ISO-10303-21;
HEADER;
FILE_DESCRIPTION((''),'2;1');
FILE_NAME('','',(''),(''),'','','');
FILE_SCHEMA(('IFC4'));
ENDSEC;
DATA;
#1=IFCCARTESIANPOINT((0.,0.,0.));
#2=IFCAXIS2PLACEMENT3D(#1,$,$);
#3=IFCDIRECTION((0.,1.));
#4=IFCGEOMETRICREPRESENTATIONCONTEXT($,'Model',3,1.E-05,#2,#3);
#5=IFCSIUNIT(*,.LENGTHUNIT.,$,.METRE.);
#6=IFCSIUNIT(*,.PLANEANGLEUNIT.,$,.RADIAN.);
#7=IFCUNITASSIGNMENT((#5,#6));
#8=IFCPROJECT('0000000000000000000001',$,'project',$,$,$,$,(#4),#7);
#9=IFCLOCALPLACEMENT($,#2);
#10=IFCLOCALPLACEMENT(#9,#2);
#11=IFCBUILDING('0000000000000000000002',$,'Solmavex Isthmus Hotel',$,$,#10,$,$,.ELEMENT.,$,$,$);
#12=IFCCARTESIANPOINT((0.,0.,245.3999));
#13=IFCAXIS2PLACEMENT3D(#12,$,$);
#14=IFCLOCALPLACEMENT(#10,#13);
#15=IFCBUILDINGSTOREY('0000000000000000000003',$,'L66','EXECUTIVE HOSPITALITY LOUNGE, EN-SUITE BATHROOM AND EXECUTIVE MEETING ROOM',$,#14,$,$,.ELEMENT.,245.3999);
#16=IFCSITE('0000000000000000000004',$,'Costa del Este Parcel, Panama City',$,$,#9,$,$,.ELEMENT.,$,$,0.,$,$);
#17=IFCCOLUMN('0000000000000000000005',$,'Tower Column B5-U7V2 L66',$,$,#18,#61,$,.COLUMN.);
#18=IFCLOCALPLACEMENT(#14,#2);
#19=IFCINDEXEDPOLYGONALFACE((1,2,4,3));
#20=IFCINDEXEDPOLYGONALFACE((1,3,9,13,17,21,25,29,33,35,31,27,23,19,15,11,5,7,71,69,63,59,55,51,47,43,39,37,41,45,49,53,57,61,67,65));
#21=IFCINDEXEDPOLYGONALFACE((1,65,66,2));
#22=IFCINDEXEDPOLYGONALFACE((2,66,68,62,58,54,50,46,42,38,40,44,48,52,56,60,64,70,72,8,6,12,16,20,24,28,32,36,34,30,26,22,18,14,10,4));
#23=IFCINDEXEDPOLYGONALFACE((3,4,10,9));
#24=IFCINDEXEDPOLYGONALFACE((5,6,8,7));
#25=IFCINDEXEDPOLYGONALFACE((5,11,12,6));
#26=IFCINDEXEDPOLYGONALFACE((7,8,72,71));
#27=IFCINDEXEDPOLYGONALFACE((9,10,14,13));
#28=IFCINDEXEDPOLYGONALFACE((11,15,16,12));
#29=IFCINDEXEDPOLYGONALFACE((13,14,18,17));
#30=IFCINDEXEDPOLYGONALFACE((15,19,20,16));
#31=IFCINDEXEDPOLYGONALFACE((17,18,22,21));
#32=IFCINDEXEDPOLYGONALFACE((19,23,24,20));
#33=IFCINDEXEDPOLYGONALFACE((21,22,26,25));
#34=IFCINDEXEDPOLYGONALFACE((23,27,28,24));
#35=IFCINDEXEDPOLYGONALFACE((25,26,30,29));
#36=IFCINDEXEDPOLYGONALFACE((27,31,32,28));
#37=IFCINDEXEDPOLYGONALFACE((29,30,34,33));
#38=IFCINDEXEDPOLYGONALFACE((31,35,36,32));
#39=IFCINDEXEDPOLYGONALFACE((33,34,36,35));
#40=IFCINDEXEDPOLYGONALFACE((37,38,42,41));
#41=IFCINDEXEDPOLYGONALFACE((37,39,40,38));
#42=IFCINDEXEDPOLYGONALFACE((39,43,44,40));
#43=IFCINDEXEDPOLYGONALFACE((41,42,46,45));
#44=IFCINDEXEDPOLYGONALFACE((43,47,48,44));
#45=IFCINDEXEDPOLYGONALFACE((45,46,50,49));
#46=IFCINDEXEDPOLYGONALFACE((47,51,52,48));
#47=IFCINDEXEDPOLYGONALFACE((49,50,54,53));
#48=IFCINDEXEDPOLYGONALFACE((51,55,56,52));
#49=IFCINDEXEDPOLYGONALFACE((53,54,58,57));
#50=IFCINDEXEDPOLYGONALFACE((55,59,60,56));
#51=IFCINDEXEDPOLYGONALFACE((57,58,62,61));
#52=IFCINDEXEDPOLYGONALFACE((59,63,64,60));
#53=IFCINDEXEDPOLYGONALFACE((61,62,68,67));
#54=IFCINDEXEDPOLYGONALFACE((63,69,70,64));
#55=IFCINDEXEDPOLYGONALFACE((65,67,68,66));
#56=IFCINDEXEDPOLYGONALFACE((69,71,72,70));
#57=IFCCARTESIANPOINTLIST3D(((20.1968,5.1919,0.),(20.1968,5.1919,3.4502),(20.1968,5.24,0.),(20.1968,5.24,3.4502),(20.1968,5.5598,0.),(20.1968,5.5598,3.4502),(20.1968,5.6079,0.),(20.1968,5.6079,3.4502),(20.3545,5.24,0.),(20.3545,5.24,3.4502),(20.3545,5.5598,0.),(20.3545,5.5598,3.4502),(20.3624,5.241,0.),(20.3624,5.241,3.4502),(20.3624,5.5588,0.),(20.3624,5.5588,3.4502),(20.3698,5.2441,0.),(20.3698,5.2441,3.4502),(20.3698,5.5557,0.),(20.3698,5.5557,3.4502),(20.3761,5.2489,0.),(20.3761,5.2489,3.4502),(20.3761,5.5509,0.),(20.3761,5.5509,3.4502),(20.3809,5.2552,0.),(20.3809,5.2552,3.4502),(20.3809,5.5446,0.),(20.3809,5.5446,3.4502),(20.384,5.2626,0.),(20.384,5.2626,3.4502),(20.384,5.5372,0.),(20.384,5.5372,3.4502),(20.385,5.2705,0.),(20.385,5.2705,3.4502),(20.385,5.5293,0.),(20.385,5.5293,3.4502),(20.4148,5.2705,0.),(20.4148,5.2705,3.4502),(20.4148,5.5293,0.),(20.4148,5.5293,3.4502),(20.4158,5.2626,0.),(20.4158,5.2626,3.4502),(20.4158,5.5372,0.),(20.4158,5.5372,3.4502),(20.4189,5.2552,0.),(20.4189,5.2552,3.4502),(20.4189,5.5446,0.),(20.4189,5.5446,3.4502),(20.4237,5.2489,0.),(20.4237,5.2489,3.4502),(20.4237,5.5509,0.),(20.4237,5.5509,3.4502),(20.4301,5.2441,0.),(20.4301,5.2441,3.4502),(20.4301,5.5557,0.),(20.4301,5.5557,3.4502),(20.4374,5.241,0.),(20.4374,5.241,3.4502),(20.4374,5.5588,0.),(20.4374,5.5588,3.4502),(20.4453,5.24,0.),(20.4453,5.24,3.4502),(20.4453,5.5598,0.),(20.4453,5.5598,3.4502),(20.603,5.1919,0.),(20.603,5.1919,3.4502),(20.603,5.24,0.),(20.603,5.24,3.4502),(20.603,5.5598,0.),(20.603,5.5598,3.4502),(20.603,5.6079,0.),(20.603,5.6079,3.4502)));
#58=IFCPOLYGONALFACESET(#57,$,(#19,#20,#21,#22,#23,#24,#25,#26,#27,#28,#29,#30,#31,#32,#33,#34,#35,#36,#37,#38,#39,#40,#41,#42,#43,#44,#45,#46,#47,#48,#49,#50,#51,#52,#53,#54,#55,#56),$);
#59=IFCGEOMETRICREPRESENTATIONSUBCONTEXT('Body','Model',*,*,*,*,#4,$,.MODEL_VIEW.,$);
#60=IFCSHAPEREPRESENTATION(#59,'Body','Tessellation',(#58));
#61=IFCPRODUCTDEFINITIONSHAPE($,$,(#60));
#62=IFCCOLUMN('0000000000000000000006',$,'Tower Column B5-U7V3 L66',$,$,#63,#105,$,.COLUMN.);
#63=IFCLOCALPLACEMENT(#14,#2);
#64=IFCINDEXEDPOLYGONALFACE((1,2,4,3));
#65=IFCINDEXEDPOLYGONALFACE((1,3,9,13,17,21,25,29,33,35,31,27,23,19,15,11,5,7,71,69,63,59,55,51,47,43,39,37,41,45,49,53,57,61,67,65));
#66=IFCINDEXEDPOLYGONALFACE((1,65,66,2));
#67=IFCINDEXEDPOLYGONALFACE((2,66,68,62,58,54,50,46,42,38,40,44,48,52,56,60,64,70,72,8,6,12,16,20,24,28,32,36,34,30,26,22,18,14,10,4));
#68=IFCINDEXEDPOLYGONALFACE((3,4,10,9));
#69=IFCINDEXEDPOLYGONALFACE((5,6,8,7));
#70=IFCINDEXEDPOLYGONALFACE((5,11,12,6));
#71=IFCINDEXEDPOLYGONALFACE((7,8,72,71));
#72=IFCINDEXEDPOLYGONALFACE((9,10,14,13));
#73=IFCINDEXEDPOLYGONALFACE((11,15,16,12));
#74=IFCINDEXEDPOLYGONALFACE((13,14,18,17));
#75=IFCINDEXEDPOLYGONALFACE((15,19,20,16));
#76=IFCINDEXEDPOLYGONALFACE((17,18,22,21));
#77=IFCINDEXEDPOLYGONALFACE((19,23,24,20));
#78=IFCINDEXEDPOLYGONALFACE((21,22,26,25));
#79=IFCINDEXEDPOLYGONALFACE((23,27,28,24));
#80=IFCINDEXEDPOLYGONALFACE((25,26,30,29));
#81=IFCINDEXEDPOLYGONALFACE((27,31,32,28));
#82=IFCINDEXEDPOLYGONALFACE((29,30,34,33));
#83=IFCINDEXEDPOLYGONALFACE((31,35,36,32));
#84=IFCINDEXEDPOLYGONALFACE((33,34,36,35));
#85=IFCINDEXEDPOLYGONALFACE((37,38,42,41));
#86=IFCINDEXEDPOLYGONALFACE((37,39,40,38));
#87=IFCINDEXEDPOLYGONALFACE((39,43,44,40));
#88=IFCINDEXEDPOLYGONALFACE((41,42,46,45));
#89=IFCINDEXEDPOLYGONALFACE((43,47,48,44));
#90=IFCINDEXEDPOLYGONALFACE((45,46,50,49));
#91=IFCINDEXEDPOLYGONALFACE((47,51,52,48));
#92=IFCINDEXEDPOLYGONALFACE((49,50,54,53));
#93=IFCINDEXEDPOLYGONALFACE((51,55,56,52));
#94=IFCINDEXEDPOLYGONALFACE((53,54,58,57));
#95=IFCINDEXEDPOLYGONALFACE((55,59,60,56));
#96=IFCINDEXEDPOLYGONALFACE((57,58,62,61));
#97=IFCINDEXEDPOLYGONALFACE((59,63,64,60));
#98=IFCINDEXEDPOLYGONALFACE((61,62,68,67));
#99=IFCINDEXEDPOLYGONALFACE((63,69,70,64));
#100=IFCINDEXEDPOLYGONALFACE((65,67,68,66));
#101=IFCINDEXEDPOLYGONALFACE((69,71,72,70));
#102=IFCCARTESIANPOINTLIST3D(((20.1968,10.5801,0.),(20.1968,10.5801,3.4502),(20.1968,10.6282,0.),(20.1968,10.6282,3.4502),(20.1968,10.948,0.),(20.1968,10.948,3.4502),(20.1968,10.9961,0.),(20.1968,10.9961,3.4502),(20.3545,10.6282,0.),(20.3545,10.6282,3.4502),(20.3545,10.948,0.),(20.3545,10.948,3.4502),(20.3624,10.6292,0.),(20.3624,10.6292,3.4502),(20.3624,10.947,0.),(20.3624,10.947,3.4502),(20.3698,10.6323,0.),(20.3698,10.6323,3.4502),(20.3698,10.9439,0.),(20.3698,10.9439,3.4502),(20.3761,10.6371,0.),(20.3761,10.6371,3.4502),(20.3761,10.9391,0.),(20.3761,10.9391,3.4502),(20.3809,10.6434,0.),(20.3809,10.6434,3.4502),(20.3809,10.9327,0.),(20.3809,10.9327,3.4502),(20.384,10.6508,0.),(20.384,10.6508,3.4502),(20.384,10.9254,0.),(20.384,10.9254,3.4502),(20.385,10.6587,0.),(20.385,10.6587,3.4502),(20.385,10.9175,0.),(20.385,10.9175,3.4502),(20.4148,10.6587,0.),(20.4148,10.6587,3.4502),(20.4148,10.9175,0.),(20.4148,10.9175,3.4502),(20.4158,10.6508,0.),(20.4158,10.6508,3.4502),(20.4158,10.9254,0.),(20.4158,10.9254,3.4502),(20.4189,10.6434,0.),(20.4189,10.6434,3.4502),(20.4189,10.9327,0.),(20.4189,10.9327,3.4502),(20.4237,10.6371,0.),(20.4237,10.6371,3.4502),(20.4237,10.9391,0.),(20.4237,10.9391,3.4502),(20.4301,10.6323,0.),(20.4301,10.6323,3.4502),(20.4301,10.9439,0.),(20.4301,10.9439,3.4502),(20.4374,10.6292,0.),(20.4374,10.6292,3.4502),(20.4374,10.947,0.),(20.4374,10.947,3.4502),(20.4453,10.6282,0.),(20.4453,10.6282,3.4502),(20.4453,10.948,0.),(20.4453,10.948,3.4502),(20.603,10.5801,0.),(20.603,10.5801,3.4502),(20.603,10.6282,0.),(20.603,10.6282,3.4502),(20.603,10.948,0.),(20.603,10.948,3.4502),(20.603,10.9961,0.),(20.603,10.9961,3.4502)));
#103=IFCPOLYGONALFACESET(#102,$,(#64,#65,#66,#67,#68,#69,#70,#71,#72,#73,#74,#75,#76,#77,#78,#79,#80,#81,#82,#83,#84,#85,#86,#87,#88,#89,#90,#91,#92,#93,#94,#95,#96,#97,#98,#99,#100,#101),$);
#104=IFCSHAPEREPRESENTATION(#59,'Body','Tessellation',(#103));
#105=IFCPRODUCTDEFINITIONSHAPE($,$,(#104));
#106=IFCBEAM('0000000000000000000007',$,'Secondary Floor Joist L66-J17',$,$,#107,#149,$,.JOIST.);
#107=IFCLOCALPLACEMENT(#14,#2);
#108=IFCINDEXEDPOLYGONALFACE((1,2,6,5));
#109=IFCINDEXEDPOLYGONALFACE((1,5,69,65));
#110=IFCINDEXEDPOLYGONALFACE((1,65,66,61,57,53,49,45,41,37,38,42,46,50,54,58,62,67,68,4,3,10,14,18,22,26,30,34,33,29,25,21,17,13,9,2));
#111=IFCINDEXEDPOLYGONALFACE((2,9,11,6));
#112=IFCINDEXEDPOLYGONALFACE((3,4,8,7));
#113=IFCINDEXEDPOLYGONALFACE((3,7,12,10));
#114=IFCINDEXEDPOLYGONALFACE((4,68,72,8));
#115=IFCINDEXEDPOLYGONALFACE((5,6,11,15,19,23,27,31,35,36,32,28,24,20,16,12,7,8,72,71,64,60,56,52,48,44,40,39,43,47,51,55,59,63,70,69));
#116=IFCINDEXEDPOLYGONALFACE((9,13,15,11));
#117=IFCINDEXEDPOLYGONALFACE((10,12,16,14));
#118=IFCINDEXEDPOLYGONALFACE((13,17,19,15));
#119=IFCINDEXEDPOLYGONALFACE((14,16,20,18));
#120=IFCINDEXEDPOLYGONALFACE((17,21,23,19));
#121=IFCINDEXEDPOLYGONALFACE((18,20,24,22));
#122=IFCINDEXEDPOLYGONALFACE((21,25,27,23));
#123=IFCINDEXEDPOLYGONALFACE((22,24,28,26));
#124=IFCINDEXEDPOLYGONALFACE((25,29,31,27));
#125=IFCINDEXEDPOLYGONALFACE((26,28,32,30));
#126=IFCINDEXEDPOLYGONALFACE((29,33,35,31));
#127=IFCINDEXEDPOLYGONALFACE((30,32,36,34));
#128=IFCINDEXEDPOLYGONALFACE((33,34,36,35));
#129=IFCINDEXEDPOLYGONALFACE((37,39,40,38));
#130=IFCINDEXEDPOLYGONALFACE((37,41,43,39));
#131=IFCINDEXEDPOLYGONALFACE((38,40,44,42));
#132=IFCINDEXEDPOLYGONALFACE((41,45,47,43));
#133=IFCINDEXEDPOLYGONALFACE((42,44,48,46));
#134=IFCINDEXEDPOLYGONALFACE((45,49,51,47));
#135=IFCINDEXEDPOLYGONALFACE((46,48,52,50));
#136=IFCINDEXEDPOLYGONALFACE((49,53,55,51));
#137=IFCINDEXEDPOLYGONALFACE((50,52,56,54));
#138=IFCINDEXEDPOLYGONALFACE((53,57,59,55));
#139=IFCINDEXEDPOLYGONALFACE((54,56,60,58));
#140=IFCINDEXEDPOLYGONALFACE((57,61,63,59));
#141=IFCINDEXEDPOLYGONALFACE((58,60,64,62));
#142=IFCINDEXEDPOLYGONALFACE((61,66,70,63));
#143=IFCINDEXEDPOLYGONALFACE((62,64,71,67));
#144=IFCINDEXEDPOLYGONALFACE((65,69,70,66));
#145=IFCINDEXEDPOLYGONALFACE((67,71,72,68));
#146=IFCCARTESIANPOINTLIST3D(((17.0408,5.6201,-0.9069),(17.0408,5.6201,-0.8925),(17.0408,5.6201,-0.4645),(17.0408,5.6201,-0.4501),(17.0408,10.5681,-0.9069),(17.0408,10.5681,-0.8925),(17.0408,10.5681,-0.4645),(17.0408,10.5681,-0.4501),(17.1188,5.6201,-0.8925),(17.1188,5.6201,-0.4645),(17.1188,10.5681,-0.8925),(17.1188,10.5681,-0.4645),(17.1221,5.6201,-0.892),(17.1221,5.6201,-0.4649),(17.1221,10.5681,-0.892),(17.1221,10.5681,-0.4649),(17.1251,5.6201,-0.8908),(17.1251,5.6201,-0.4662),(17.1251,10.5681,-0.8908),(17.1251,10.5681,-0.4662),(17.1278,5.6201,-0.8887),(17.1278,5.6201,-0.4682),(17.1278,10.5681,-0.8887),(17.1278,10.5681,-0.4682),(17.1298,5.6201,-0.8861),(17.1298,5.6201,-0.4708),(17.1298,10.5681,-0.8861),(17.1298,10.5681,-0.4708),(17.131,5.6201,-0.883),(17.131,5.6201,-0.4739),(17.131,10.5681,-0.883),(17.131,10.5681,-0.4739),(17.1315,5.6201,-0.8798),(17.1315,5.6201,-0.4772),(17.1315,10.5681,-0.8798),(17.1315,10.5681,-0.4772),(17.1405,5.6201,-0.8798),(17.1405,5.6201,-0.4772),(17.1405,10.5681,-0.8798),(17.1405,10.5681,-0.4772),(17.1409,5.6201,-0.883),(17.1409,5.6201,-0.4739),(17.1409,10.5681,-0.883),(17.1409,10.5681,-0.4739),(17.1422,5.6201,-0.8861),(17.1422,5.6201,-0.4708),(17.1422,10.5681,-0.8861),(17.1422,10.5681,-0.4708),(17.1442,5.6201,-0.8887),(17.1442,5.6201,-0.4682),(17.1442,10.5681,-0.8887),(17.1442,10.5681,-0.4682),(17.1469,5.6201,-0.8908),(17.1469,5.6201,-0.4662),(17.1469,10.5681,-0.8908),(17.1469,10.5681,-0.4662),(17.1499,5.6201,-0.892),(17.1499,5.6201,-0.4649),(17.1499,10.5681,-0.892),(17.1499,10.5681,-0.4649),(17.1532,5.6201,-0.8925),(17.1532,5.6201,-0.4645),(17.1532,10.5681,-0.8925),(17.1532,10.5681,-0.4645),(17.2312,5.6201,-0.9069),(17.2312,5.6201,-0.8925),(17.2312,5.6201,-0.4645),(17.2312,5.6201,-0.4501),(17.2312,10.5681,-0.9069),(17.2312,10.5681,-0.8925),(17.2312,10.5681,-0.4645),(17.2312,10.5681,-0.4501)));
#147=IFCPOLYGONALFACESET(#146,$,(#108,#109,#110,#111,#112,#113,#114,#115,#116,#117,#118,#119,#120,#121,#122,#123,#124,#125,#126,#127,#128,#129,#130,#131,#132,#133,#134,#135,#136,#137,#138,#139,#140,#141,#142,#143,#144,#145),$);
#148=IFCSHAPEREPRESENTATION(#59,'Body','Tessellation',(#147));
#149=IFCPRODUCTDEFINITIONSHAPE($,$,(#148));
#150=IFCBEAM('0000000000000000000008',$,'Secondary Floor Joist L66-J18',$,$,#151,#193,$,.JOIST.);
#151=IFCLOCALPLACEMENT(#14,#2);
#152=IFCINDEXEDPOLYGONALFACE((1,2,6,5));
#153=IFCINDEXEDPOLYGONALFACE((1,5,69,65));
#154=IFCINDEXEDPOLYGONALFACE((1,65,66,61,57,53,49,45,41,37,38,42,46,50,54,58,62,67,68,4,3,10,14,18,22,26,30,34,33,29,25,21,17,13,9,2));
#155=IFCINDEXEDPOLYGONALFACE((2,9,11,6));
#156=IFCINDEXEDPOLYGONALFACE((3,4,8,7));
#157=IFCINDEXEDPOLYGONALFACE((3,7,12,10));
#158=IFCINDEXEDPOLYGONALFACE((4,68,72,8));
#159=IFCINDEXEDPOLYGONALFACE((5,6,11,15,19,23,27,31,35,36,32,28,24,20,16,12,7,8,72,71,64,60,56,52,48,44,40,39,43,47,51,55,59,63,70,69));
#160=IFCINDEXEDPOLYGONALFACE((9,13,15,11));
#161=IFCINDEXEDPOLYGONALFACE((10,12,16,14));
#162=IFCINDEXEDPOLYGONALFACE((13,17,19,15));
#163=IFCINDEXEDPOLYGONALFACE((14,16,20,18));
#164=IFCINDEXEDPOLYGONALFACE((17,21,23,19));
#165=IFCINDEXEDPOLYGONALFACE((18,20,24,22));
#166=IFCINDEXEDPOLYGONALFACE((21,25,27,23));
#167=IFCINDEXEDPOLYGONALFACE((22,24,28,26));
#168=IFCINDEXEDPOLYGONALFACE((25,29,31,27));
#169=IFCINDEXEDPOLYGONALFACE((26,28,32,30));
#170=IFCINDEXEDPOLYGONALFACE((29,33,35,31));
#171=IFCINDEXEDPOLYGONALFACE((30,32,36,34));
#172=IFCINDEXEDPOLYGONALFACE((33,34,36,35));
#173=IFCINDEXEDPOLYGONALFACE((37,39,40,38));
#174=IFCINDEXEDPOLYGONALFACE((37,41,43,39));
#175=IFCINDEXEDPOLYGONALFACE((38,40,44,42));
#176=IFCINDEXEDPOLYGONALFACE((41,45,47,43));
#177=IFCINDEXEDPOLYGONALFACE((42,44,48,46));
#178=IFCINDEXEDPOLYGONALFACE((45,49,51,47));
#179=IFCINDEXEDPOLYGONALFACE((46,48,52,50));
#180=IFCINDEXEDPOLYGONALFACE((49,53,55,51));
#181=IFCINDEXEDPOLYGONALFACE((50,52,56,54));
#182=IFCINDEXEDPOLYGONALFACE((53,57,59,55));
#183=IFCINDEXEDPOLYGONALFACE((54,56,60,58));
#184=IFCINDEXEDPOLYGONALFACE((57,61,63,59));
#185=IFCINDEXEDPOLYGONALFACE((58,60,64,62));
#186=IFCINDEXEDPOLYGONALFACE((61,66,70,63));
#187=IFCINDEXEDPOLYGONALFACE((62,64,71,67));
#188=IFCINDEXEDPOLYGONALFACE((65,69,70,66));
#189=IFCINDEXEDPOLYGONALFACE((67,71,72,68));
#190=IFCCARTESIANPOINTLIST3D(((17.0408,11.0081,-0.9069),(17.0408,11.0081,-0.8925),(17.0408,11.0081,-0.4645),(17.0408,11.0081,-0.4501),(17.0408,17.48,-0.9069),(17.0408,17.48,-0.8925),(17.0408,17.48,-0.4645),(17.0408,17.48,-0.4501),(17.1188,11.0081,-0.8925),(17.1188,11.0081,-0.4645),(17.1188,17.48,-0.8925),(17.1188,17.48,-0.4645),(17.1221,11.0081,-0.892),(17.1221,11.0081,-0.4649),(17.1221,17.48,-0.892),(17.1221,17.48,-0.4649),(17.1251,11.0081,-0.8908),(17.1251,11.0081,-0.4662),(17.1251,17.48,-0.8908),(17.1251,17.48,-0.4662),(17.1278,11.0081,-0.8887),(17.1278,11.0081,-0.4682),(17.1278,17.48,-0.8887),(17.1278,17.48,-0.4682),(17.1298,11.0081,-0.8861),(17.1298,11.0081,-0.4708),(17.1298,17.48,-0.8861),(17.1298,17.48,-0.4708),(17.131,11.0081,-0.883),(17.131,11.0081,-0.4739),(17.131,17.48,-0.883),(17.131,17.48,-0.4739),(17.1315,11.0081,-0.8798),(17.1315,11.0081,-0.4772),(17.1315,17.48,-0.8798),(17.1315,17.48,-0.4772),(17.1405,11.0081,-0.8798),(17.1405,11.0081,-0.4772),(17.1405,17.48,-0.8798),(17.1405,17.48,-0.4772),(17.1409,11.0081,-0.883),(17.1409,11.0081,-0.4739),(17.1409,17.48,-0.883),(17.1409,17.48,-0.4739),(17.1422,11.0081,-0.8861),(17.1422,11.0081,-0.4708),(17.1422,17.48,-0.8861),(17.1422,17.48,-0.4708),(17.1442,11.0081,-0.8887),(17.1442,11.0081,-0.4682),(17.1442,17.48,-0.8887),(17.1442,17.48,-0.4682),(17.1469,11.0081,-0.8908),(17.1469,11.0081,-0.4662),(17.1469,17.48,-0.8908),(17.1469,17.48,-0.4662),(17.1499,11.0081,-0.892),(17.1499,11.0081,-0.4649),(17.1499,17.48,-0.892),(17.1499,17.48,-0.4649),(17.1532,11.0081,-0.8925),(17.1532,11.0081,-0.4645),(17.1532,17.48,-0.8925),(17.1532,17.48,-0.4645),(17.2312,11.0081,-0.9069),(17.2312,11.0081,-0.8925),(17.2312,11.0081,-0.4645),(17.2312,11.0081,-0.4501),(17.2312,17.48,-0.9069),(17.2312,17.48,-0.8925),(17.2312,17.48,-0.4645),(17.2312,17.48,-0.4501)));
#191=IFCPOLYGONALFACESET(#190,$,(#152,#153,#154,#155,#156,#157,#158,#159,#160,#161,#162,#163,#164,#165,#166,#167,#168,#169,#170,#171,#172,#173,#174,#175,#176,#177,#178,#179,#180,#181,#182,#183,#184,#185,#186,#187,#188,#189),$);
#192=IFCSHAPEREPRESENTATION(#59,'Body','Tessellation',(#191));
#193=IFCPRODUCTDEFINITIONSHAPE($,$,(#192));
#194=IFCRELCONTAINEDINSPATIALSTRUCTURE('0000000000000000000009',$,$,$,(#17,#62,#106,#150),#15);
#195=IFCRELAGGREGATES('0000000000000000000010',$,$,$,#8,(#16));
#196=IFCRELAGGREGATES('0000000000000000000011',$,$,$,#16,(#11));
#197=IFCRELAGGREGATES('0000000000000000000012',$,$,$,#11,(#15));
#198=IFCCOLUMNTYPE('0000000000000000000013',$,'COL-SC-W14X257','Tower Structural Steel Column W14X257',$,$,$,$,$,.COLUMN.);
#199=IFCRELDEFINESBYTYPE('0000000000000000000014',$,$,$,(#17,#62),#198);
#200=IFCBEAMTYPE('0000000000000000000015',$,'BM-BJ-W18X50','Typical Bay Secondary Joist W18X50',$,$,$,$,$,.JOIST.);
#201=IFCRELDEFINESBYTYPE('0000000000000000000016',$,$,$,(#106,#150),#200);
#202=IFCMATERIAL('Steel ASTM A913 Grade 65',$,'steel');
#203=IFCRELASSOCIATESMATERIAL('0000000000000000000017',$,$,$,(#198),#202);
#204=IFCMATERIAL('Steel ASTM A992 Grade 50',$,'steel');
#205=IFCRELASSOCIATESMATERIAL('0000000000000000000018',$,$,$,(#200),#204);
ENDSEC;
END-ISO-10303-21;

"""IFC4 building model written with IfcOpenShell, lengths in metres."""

from ifc_helpers import new_model, si_unit, direction, frame, origin, origin_2d, place, context, subcontext, project, spatial, i_section, extrude, material, material_profile, profile_set, type_object, element, save


model = new_model("IFC4")

# Units and contexts
model_context = context("Model", 3, precision=1e-05, world=origin(), true_north=direction((0.0, 1.0)))
body_context = subcontext(model_context, "Body", "Model", "MODEL_VIEW")
ifc_project = project(units=[si_unit("LENGTHUNIT", "METRE"), si_unit("PLANEANGLEUNIT", "RADIAN")], contexts=[model_context])

# Site, building, storey
site_placement = place(None, origin())
site = spatial("IfcSite", under=ifc_project, at=site_placement, Name="Costa del Este Parcel, Panama City", CompositionType="ELEMENT", RefElevation=0.0)
building_placement = place(site_placement, origin())
building = spatial("IfcBuilding", under=site, at=building_placement, Name="Solmavex Isthmus Hotel", CompositionType="ELEMENT")
storey_placement = place(building_placement, frame((0.0, 0.0, 245.3999)))
storey = spatial("IfcBuildingStorey", under=building, at=storey_placement, Name="L66", Description="EXECUTIVE HOSPITALITY LOUNGE, EN-SUITE BATHROOM AND EXECUTIVE MEETING ROOM", CompositionType="ELEMENT", Elevation=245.3999)

# Columns
ifc_material_1 = material(Name="Steel ASTM A913 Grade 65", Category="steel")
ifc_material_profile_1 = material_profile(ifc_material_1, i_section(OverallWidth=0.4062, OverallDepth=0.416, WebThickness=0.0298, FlangeThickness=0.0481, FilletRadius=0.0305, at=origin_2d()), Name="W14X257")
ifc_profile_set_1 = profile_set([ifc_material_profile_1], Name="Steel ASTM A913 Grade 65")
column_type = type_object("IfcColumnType", Name="COL-SC-W14X257", Description="Tower Structural Steel Column W14X257", PredefinedType="COLUMN", material=ifc_profile_set_1)
for number, where, z_axis, x_axis, name in (
    (1, (20.3999, 5.3999, 0.0), (0.0, 0.0, 1.0), (1.0, 0.0, 0.0), "Tower Column B5-U7V2 L66"),
    (2, (20.3999, 10.7881, 0.0), (0.0, 0.0, 1.0), (1.0, 0.0, 0.0), "Tower Column B5-U7V3 L66"),
):
    element("IfcColumn", number, at=place(storey_placement, frame(where, z_axis=z_axis, x_axis=x_axis)), inside=storey, type_object=column_type, Name=name, PredefinedType="COLUMN", context=body_context, shape_type="SweptSolid", body=[
        extrude(i_section(OverallWidth=0.4062, OverallDepth=0.416, WebThickness=0.0298, FlangeThickness=0.0481, FilletRadius=0.0305, at=origin_2d()), origin(), (0.0, 0.0, 1.0), 3.4502),
    ])

# Beams
ifc_material_2 = material(Name="Steel ASTM A992 Grade 50", Category="steel")
ifc_material_profile_2 = material_profile(ifc_material_2, i_section(OverallWidth=0.1904, OverallDepth=0.4568, WebThickness=0.009, FlangeThickness=0.0144, FilletRadius=0.0127, at=origin_2d()), Name="W18X50")
ifc_profile_set_2 = profile_set([ifc_material_profile_2], Name="Steel ASTM A992 Grade 50")
beam_type_1 = type_object("IfcBeamType", Name="BM-BJ-W18X50", Description="Typical Bay Secondary Joist W18X50", PredefinedType="JOIST", material=ifc_profile_set_2)
beam_1_placement = place(storey_placement, frame((17.136, 5.6201, -0.6785), z_axis=(0.0, 1.0, 0.0), x_axis=(-1.0, 0.0, 0.0)))
element("IfcBeam", 3, at=beam_1_placement, inside=storey, type_object=beam_type_1, Name="Secondary Floor Joist L66-J17", PredefinedType="JOIST", context=body_context, shape_type="SweptSolid", body=[
    extrude(i_section(OverallWidth=0.1904, OverallDepth=0.4568, WebThickness=0.009, FlangeThickness=0.0144, FilletRadius=0.0127, at=origin_2d()), origin(), (0.0, 0.0, 1.0), 4.948),
])
beam_2_placement = place(storey_placement, frame((17.136, 11.0081, -0.6785), z_axis=(0.0, 1.0, 0.0), x_axis=(-1.0, 0.0, 0.0)))
element("IfcBeam", 4, at=beam_2_placement, inside=storey, type_object=beam_type_1, Name="Secondary Floor Joist L66-J18", PredefinedType="JOIST", context=body_context, shape_type="SweptSolid", body=[
    extrude(i_section(OverallWidth=0.1904, OverallDepth=0.4568, WebThickness=0.009, FlangeThickness=0.0144, FilletRadius=0.0127, at=origin_2d()), origin(), (0.0, 0.0, 1.0), 6.4719),
])

save(model, "model.ifc")
